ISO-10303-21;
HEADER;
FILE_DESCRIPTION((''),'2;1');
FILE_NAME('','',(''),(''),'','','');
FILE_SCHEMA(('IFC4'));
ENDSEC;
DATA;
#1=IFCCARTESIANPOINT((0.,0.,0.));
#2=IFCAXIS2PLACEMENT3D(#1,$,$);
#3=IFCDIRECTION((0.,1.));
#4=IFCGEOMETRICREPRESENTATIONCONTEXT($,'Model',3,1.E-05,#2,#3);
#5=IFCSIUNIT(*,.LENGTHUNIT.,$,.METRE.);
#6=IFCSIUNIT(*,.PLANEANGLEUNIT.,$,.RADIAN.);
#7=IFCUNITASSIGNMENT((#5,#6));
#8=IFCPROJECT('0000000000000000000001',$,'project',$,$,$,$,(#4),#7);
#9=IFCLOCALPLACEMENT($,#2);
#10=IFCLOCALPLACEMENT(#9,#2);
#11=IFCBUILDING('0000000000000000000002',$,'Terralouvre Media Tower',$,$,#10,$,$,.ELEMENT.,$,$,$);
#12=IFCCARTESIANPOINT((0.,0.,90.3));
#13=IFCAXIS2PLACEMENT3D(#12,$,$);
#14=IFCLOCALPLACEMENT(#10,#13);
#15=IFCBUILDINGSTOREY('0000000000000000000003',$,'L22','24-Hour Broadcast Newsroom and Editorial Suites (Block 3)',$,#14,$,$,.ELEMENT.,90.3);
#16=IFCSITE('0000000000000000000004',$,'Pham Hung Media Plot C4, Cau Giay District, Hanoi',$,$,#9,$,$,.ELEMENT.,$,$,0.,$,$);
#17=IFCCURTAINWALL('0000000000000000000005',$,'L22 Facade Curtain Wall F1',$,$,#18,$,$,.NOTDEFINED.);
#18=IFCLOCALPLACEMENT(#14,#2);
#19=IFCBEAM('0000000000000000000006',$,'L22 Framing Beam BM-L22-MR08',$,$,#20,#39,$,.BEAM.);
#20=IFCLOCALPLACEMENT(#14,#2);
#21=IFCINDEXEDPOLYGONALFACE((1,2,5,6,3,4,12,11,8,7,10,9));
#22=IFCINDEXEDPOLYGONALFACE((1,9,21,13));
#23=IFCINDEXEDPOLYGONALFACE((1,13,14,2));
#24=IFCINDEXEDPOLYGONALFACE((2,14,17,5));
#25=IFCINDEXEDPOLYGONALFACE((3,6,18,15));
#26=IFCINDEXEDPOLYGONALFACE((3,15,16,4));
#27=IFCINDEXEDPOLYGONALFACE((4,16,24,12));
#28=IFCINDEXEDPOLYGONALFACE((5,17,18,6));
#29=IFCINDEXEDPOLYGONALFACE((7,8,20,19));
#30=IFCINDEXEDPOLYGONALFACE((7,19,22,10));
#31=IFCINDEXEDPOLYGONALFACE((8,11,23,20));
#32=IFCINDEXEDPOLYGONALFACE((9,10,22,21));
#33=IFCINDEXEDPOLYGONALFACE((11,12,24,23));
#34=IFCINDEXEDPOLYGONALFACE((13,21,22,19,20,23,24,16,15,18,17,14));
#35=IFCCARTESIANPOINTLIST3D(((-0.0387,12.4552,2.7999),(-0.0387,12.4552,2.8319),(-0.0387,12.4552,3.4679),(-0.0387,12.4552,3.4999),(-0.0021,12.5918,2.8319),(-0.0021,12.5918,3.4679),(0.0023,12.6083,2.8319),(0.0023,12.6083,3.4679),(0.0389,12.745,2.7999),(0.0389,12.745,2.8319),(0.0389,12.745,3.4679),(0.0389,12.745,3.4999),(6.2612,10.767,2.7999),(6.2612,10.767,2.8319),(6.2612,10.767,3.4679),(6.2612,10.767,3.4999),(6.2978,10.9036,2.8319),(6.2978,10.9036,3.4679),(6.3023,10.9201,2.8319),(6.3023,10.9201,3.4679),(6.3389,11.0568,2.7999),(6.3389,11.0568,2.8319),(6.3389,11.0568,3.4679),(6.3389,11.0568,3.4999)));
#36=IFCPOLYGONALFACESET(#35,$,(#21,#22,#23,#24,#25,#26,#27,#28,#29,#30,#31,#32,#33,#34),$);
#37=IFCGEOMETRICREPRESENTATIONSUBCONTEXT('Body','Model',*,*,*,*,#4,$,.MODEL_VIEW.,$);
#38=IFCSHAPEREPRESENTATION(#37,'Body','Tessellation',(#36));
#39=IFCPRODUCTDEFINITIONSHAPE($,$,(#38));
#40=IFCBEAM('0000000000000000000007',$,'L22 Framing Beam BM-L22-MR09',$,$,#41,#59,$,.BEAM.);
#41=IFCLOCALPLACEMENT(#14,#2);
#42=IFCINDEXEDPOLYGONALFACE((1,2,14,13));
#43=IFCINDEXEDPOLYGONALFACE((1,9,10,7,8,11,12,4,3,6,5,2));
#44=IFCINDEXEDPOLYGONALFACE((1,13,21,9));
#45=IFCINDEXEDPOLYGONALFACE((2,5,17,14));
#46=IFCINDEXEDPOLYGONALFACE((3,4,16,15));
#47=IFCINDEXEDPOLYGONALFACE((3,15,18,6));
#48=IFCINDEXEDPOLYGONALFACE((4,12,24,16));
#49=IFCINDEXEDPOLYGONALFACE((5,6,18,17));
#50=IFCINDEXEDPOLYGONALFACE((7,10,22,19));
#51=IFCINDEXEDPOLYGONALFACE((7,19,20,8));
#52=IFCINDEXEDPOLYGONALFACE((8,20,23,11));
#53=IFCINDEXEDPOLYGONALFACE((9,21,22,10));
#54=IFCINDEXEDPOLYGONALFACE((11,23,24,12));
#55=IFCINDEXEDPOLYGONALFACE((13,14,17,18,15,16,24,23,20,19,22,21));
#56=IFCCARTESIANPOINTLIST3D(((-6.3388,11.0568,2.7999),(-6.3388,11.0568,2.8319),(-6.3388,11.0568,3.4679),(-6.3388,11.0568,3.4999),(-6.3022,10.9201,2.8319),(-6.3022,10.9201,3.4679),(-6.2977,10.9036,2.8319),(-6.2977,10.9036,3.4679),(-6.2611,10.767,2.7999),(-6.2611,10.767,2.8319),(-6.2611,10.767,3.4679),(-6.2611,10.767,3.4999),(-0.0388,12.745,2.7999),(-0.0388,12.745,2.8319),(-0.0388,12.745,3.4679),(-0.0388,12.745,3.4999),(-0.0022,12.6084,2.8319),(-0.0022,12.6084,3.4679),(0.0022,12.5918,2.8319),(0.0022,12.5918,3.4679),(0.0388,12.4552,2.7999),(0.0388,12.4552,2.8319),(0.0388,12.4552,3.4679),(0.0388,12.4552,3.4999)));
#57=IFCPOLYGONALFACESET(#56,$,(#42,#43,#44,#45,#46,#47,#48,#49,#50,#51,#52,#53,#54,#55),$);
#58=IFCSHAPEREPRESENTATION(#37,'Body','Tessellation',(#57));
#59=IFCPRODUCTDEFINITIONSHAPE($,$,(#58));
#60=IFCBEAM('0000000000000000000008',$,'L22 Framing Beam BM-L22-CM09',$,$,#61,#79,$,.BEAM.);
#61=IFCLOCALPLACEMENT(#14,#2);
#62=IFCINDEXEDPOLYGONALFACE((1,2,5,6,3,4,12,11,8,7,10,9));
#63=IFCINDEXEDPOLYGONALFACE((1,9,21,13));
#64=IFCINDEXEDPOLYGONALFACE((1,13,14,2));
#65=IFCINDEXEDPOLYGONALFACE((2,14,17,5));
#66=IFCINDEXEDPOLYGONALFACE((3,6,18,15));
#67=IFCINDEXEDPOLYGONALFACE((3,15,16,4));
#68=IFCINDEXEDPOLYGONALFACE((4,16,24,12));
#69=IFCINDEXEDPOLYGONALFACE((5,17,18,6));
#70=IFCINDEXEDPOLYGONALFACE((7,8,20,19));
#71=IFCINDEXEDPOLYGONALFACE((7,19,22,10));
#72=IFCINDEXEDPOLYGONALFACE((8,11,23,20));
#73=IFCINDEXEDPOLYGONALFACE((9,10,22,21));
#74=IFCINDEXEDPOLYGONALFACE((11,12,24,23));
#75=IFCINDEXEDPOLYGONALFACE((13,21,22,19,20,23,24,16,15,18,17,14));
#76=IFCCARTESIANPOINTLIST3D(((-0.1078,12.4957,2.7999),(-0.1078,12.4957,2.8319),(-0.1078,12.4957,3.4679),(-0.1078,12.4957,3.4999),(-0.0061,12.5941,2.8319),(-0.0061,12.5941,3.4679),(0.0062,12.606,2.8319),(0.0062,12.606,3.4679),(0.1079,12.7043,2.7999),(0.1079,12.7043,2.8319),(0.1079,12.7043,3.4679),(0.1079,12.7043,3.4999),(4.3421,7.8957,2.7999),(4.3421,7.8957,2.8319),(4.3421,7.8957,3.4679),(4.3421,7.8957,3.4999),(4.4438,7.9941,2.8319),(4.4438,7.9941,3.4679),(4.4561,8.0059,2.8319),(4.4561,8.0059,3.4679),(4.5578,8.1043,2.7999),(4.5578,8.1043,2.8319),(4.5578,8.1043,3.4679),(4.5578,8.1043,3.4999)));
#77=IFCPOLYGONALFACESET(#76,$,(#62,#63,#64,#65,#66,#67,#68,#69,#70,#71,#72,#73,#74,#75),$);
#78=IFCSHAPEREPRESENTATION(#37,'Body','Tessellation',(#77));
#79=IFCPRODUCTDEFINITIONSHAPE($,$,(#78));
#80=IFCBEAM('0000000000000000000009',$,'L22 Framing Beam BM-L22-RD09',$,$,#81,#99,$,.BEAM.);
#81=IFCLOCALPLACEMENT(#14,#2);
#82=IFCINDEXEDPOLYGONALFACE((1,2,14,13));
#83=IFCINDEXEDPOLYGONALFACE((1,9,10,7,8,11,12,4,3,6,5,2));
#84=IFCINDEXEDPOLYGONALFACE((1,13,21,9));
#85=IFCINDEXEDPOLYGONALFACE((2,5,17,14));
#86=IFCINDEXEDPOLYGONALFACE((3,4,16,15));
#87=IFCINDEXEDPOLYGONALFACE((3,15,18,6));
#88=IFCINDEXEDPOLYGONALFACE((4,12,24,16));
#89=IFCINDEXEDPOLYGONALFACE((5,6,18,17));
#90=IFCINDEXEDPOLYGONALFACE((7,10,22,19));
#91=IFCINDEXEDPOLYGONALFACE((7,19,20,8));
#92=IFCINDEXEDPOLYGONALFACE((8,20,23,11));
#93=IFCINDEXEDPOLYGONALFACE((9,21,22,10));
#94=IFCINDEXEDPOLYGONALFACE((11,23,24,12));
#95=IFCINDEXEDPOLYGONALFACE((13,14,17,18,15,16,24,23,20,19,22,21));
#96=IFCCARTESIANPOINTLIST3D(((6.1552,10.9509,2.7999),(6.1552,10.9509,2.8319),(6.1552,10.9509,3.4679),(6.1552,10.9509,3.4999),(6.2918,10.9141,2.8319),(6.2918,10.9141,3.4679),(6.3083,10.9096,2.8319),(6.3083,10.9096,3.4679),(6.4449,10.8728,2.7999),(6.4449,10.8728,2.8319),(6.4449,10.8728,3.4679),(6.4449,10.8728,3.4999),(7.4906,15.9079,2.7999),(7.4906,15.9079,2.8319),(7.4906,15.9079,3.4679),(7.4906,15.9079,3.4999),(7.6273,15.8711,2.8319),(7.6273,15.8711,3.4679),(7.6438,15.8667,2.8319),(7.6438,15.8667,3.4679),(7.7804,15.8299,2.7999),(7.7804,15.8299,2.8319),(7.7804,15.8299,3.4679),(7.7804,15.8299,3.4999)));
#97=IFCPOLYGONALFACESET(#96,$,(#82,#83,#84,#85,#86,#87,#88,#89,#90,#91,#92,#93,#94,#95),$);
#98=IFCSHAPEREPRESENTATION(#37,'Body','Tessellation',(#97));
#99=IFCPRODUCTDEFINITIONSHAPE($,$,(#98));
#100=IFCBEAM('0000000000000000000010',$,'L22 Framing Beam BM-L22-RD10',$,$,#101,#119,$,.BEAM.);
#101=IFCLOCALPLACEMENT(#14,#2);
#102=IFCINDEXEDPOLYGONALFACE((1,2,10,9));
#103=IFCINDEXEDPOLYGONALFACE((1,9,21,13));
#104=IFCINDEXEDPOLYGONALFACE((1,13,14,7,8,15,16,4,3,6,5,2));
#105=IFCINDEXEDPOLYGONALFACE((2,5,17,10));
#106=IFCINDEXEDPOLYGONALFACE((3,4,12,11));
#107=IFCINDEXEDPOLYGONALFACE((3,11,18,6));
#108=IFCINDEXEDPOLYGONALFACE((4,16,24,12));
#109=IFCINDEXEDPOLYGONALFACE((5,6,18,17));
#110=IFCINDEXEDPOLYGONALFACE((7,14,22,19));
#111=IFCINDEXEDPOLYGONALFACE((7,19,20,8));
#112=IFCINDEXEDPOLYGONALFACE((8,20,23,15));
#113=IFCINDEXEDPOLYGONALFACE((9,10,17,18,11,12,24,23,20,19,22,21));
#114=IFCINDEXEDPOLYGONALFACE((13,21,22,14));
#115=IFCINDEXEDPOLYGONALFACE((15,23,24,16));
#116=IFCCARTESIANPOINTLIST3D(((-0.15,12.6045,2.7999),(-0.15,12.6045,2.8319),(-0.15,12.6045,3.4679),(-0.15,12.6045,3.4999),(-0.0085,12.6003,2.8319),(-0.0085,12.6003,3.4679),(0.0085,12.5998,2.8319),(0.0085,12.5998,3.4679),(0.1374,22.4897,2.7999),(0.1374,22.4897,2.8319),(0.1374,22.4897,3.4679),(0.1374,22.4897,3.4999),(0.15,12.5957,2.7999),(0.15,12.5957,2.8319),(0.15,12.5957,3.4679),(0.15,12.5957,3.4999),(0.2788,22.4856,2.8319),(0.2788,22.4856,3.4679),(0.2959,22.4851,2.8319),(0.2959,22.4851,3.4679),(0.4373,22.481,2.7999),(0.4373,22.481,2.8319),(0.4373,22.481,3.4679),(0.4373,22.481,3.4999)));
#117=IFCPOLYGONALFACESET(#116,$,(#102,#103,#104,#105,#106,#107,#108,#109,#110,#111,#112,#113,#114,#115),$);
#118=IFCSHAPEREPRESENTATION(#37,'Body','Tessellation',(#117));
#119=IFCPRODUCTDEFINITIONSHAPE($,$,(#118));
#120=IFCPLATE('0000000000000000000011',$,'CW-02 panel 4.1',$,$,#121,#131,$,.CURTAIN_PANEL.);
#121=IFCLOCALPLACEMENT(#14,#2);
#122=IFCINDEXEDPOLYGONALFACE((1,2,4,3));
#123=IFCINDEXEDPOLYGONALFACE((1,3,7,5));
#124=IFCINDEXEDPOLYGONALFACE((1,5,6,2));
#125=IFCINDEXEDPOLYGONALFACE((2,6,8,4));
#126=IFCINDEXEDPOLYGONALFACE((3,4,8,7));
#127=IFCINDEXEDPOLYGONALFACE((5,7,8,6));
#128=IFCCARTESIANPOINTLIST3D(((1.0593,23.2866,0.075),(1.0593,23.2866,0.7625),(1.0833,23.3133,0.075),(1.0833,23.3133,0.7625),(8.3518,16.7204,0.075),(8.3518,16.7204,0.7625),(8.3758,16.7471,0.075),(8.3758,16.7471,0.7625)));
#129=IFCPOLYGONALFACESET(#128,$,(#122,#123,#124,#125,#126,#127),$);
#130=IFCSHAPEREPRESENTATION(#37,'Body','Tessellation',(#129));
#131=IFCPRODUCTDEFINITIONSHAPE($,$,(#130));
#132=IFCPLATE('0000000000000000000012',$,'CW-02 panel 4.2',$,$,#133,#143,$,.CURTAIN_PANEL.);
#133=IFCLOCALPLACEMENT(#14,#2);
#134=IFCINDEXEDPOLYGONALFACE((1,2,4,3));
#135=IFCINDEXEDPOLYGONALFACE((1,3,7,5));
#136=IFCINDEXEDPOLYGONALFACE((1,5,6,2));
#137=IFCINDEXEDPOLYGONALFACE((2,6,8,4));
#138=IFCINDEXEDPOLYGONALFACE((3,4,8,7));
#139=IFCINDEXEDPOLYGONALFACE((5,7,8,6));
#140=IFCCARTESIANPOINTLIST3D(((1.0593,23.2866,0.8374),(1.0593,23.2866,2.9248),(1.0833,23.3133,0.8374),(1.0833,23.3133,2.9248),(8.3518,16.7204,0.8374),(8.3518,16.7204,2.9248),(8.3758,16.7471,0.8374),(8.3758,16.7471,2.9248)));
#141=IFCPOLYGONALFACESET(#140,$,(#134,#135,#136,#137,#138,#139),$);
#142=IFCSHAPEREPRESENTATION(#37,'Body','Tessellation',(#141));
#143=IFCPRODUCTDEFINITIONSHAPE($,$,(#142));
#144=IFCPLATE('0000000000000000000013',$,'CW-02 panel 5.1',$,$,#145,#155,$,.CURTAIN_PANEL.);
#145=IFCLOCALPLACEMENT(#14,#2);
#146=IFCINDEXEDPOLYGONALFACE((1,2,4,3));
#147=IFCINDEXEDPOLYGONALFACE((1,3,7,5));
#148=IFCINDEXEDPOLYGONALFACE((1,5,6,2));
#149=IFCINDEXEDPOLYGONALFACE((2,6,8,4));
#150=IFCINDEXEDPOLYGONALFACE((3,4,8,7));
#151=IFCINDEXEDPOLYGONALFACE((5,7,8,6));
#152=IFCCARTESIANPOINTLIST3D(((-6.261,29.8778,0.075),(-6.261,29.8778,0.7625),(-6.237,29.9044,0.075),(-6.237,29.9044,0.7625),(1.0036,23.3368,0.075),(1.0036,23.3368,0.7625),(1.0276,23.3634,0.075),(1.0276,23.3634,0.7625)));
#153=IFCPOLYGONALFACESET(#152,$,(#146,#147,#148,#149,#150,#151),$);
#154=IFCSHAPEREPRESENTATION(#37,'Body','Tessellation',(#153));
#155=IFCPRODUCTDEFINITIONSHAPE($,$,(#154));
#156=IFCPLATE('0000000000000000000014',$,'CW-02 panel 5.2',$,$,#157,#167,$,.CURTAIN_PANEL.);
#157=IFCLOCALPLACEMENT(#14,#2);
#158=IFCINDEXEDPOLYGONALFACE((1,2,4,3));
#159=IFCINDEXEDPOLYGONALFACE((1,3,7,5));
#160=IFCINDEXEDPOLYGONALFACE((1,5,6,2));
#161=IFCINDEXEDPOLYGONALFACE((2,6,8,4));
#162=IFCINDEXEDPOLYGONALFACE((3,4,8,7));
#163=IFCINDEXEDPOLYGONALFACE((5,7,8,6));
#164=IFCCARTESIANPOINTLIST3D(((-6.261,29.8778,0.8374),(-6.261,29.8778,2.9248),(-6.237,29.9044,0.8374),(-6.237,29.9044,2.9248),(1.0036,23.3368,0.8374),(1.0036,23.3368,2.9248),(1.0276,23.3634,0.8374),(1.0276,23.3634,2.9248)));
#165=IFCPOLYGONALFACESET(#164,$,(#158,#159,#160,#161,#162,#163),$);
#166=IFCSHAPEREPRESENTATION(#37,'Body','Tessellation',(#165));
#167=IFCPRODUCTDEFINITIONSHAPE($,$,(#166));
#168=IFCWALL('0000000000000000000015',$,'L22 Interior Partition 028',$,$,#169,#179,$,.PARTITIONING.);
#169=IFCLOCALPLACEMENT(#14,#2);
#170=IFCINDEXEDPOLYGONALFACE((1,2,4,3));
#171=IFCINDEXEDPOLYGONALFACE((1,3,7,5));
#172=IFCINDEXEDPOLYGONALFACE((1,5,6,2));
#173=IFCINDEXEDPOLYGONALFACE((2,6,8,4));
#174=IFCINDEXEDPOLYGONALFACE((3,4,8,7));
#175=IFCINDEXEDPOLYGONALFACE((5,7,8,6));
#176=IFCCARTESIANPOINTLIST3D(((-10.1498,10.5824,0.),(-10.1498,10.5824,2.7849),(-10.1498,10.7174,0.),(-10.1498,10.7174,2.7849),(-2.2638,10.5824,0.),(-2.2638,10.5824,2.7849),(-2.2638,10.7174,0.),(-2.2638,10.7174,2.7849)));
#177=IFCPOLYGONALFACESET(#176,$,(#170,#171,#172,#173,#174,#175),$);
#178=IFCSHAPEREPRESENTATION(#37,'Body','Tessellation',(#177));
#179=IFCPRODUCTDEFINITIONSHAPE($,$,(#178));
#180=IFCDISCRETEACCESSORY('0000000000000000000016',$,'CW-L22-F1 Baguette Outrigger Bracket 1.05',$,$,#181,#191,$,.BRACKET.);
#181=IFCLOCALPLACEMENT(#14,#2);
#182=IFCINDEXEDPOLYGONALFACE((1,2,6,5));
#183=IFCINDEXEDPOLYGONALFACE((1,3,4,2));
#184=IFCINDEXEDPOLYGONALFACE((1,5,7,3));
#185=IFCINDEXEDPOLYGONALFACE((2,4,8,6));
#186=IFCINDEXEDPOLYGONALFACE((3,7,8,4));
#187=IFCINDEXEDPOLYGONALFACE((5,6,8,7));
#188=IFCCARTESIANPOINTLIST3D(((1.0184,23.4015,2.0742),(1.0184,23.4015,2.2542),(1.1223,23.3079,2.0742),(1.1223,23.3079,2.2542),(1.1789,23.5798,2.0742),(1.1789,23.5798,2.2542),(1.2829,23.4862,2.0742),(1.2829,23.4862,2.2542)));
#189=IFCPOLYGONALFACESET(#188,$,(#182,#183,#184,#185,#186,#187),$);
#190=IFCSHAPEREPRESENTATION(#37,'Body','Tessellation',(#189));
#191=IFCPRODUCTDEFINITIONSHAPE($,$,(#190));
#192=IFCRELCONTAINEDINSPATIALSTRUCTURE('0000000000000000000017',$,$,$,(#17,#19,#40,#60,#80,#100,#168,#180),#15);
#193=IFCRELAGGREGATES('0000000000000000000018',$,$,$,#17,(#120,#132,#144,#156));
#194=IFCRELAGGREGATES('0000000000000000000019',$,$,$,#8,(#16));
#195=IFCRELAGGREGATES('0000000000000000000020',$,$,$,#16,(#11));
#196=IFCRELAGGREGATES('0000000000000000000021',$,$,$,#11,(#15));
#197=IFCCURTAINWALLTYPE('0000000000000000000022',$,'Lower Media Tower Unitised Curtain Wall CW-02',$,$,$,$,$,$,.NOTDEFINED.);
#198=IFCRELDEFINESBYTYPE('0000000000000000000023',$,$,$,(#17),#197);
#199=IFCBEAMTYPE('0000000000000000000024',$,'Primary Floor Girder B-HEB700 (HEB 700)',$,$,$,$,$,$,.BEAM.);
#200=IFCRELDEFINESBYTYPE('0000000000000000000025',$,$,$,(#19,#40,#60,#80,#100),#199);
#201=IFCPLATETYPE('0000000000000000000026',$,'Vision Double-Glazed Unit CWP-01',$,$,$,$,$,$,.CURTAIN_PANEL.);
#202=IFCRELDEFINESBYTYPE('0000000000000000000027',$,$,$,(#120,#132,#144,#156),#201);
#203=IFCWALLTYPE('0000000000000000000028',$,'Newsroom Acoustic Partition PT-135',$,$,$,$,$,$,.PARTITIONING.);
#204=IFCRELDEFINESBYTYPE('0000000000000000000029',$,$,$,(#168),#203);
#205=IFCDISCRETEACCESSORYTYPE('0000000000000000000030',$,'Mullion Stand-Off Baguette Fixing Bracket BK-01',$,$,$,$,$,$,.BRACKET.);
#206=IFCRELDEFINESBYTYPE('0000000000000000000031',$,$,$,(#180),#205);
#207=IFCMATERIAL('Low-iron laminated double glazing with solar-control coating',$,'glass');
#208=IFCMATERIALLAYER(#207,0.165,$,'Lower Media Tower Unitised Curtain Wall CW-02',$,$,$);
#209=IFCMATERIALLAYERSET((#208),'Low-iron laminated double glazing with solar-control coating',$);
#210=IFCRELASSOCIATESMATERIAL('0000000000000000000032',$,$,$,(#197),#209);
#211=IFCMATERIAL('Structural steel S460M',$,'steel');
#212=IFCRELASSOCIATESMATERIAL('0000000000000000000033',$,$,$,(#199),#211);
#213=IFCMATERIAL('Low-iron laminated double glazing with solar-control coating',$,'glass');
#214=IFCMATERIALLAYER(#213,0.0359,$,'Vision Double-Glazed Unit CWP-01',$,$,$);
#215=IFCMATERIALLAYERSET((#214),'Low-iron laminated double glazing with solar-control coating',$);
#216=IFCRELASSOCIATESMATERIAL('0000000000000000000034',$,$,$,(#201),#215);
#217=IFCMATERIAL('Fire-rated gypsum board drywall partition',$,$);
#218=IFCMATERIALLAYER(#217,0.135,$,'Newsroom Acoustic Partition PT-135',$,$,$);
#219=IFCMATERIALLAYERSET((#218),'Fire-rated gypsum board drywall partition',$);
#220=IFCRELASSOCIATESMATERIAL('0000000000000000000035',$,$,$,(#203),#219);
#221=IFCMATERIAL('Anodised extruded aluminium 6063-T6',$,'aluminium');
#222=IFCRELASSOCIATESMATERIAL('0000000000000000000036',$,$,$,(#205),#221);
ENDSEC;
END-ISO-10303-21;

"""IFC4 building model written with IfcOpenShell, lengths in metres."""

from ifc_helpers import new_model, si_unit, direction, frame, frame_2d, origin, origin_2d, place, context, subcontext, project, spatial, rectangle, i_section, extrude, material, layer, layer_set, material_profile, profile_set, type_object, element, aggregate, save


model = new_model("IFC4")

# Units and contexts
model_context = context("Model", 3, precision=1e-05, world=origin(), true_north=direction((0.0, 1.0)))
body_context = subcontext(model_context, "Body", "Model", "MODEL_VIEW")
ifc_project = project(units=[si_unit("LENGTHUNIT", "METRE"), si_unit("PLANEANGLEUNIT", "RADIAN")], contexts=[model_context])

# Site, building, storey
site_placement = place(None, origin())
site = spatial("IfcSite", under=ifc_project, at=site_placement, Name="Pham Hung Media Plot C4, Cau Giay District, Hanoi", CompositionType="ELEMENT", RefElevation=0.0)
building_placement = place(site_placement, origin())
building = spatial("IfcBuilding", under=site, at=building_placement, Name="Terralouvre Media Tower", CompositionType="ELEMENT")
storey_placement = place(building_placement, frame((0.0, 0.0, 90.3)))
storey = spatial("IfcBuildingStorey", under=building, at=storey_placement, Name="L22", Description="24-Hour Broadcast Newsroom and Editorial Suites (Block 3)", CompositionType="ELEMENT", Elevation=90.3)

# Curtain wall
ifc_material_1 = material(Name="Low-iron laminated double glazing with solar-control coating", Category="glass")
ifc_layer_1 = layer(ifc_material_1, 0.165, Name="Lower Media Tower Unitised Curtain Wall CW-02")
ifc_layer_set_1 = layer_set([ifc_layer_1], Name="Low-iron laminated double glazing with solar-control coating")
curtain_wall_type = type_object("IfcCurtainWallType", Name="Lower Media Tower Unitised Curtain Wall CW-02", PredefinedType="NOTDEFINED", material=ifc_layer_set_1)
curtain_wall_placement = place(storey_placement, origin())
curtain_wall = element("IfcCurtainWall", 1, at=curtain_wall_placement, inside=storey, type_object=curtain_wall_type, Name="L22 Facade Curtain Wall F1", PredefinedType="NOTDEFINED")

# Beams
ifc_material_2 = material(Name="Structural steel S460M", Category="steel")
ifc_material_profile_1 = material_profile(ifc_material_2, i_section(OverallWidth=0.3, OverallDepth=0.7, WebThickness=0.0171, FlangeThickness=0.032, at=origin_2d()), Name="HEB 700")
ifc_profile_set_1 = profile_set([ifc_material_profile_1], Name="Structural steel S460M")
beam_type_1 = type_object("IfcBeamType", Name="Primary Floor Girder B-HEB700 (HEB 700)", PredefinedType="BEAM", material=ifc_profile_set_1)
for number, where, z_axis, x_axis, name in (
    (2, (6.3, 10.9119, 3.1499), (-0.96592, 0.258839, 0.0), (-0.258839, -0.96592, 0.0), "L22 Framing Beam BM-L22-MR08"),
    (3, (0.0, 12.6001, 3.1499), (-0.96592, -0.258839, 0.0), (0.258839, -0.96592, 0.0), "L22 Framing Beam BM-L22-MR09"),
):
    element("IfcBeam", number, at=place(storey_placement, frame(where, z_axis=z_axis, x_axis=x_axis)), inside=storey, type_object=beam_type_1, Name=name, PredefinedType="BEAM", context=body_context, shape_type="SweptSolid", body=[
        extrude(i_section(OverallWidth=0.3, OverallDepth=0.7, WebThickness=0.0171, FlangeThickness=0.032, at=origin_2d()), origin(), (0.0, 0.0, 1.0), 6.5222),
    ])
beam_1_placement = place(storey_placement, frame((4.45, 8.0, 3.1499), z_axis=(-0.69528, 0.718739, 0.0), x_axis=(-0.718739, -0.69528, 0.0)))
element("IfcBeam", 4, at=beam_1_placement, inside=storey, type_object=beam_type_1, Name="L22 Framing Beam BM-L22-CM09", PredefinedType="BEAM", context=body_context, shape_type="SweptSolid", body=[
    extrude(i_section(OverallWidth=0.3, OverallDepth=0.7, WebThickness=0.0171, FlangeThickness=0.032, at=origin_2d()), origin(), (0.0, 0.0, 1.0), 6.4001),
])
beam_2_placement = place(storey_placement, frame((6.3, 10.9119, 3.1499), z_axis=(0.26013, 0.965574, 0.0), x_axis=(-0.965574, 0.26013, 0.0)))
element("IfcBeam", 5, at=beam_2_placement, inside=storey, type_object=beam_type_1, Name="L22 Framing Beam BM-L22-RD09", PredefinedType="BEAM", context=body_context, shape_type="SweptSolid", body=[
    extrude(i_section(OverallWidth=0.3, OverallDepth=0.7, WebThickness=0.0171, FlangeThickness=0.032, at=origin_2d()), origin(), (0.0, 0.0, 1.0), 5.1338),
])
beam_3_placement = place(storey_placement, frame((0.0, 12.6001, 3.1499), z_axis=(0.029057, 0.999578, 0.0), x_axis=(-0.999578, 0.029057, 0.0)))
element("IfcBeam", 6, at=beam_3_placement, inside=storey, type_object=beam_type_1, Name="L22 Framing Beam BM-L22-RD10", PredefinedType="BEAM", context=body_context, shape_type="SweptSolid", body=[
    extrude(i_section(OverallWidth=0.3, OverallDepth=0.7, WebThickness=0.0171, FlangeThickness=0.032, at=origin_2d()), origin(), (0.0, 0.0, 1.0), 9.8894),
])

# Plates
ifc_material_3 = material(Name="Low-iron laminated double glazing with solar-control coating", Category="glass")
ifc_layer_2 = layer(ifc_material_3, 0.0359, Name="Vision Double-Glazed Unit CWP-01")
ifc_layer_set_2 = layer_set([ifc_layer_2], Name="Low-iron laminated double glazing with solar-control coating")
plate_type = type_object("IfcPlateType", Name="Vision Double-Glazed Unit CWP-01", PredefinedType="CURTAIN_PANEL", material=ifc_layer_set_2)
plate_1_placement = place(storey_placement, frame((4.7175, 20.0168, 0.075), z_axis=(0.0, 0.0, 1.0), x_axis=(-0.743145, 0.669131, 0.0)))
plate_1 = element("IfcPlate", 7, at=plate_1_placement, type_object=plate_type, Name="CW-02 panel 4.1", PredefinedType="CURTAIN_PANEL", context=body_context, shape_type="SweptSolid", body=[
    extrude(rectangle(XDim=9.813, YDim=0.0359, at=origin_2d()), origin(), (0.0, 0.0, 1.0), 0.6875),
])
plate_2_placement = place(storey_placement, frame((4.7175, 20.0168, 0.8374), z_axis=(0.0, 0.0, 1.0), x_axis=(-0.743145, 0.669131, 0.0)))
plate_2 = element("IfcPlate", 8, at=plate_2_placement, type_object=plate_type, Name="CW-02 panel 4.2", PredefinedType="CURTAIN_PANEL", context=body_context, shape_type="SweptSolid", body=[
    extrude(rectangle(XDim=9.813, YDim=0.0359, at=origin_2d()), origin(), (0.0, 0.0, 1.0), 2.0874),
])
plate_3_placement = place(storey_placement, frame((-2.6167, 26.6206, 0.075), z_axis=(0.0, 0.0, 1.0), x_axis=(-0.743145, 0.669131, 0.0)))
plate_3 = element("IfcPlate", 9, at=plate_3_placement, type_object=plate_type, Name="CW-02 panel 5.1", PredefinedType="CURTAIN_PANEL", context=body_context, shape_type="SweptSolid", body=[
    extrude(rectangle(XDim=9.7754, YDim=0.0359, at=origin_2d()), origin(), (0.0, 0.0, 1.0), 0.6875),
])
plate_4_placement = place(storey_placement, frame((-2.6167, 26.6206, 0.8374), z_axis=(0.0, 0.0, 1.0), x_axis=(-0.743145, 0.669131, 0.0)))
plate_4 = element("IfcPlate", 10, at=plate_4_placement, type_object=plate_type, Name="CW-02 panel 5.2", PredefinedType="CURTAIN_PANEL", context=body_context, shape_type="SweptSolid", body=[
    extrude(rectangle(XDim=9.7754, YDim=0.0359, at=origin_2d()), origin(), (0.0, 0.0, 1.0), 2.0874),
])
aggregate(curtain_wall, [plate_1, plate_2, plate_3, plate_4])

# Wall
ifc_material_4 = material(Name="Fire-rated gypsum board drywall partition")
ifc_layer_3 = layer(ifc_material_4, 0.135, Name="Newsroom Acoustic Partition PT-135")
ifc_layer_set_3 = layer_set([ifc_layer_3], Name="Fire-rated gypsum board drywall partition")
wall_type = type_object("IfcWallType", Name="Newsroom Acoustic Partition PT-135", PredefinedType="PARTITIONING", material=ifc_layer_set_3)
wall_placement = place(storey_placement, frame((-2.2639, 10.6499, 0.0), z_axis=(0.0, 0.0, 1.0), x_axis=(-1.0, 0.0, 0.0)))
element("IfcWall", 11, at=wall_placement, inside=storey, type_object=wall_type, Name="L22 Interior Partition 028", PredefinedType="PARTITIONING", context=body_context, shape_type="SweptSolid", body=[
    extrude(rectangle(XDim=7.886, YDim=0.135, at=frame_2d((3.9429, 0.0))), origin(), (0.0, 0.0, 1.0), 2.7849),
])

# Discrete accessory
ifc_material_5 = material(Name="Anodised extruded aluminium 6063-T6", Category="aluminium")
discrete_accessory_type = type_object("IfcDiscreteAccessoryType", Name="Mullion Stand-Off Baguette Fixing Bracket BK-01", PredefinedType="BRACKET", material=ifc_material_5)
discrete_accessory_placement = place(storey_placement, frame((1.1506, 23.4438, 2.0742), z_axis=(0.0, 0.0, 1.0), x_axis=(-0.743145, 0.669131, 0.0)))
element("IfcDiscreteAccessory", 12, at=discrete_accessory_placement, inside=storey, type_object=discrete_accessory_type, Name="CW-L22-F1 Baguette Outrigger Bracket 1.05", PredefinedType="BRACKET", context=body_context, shape_type="SweptSolid", body=[
    extrude(rectangle(XDim=0.1399, YDim=0.24, at=origin_2d()), origin(), (0.0, 0.0, 1.0), 0.1799),
])

save(model, "model.ifc")
